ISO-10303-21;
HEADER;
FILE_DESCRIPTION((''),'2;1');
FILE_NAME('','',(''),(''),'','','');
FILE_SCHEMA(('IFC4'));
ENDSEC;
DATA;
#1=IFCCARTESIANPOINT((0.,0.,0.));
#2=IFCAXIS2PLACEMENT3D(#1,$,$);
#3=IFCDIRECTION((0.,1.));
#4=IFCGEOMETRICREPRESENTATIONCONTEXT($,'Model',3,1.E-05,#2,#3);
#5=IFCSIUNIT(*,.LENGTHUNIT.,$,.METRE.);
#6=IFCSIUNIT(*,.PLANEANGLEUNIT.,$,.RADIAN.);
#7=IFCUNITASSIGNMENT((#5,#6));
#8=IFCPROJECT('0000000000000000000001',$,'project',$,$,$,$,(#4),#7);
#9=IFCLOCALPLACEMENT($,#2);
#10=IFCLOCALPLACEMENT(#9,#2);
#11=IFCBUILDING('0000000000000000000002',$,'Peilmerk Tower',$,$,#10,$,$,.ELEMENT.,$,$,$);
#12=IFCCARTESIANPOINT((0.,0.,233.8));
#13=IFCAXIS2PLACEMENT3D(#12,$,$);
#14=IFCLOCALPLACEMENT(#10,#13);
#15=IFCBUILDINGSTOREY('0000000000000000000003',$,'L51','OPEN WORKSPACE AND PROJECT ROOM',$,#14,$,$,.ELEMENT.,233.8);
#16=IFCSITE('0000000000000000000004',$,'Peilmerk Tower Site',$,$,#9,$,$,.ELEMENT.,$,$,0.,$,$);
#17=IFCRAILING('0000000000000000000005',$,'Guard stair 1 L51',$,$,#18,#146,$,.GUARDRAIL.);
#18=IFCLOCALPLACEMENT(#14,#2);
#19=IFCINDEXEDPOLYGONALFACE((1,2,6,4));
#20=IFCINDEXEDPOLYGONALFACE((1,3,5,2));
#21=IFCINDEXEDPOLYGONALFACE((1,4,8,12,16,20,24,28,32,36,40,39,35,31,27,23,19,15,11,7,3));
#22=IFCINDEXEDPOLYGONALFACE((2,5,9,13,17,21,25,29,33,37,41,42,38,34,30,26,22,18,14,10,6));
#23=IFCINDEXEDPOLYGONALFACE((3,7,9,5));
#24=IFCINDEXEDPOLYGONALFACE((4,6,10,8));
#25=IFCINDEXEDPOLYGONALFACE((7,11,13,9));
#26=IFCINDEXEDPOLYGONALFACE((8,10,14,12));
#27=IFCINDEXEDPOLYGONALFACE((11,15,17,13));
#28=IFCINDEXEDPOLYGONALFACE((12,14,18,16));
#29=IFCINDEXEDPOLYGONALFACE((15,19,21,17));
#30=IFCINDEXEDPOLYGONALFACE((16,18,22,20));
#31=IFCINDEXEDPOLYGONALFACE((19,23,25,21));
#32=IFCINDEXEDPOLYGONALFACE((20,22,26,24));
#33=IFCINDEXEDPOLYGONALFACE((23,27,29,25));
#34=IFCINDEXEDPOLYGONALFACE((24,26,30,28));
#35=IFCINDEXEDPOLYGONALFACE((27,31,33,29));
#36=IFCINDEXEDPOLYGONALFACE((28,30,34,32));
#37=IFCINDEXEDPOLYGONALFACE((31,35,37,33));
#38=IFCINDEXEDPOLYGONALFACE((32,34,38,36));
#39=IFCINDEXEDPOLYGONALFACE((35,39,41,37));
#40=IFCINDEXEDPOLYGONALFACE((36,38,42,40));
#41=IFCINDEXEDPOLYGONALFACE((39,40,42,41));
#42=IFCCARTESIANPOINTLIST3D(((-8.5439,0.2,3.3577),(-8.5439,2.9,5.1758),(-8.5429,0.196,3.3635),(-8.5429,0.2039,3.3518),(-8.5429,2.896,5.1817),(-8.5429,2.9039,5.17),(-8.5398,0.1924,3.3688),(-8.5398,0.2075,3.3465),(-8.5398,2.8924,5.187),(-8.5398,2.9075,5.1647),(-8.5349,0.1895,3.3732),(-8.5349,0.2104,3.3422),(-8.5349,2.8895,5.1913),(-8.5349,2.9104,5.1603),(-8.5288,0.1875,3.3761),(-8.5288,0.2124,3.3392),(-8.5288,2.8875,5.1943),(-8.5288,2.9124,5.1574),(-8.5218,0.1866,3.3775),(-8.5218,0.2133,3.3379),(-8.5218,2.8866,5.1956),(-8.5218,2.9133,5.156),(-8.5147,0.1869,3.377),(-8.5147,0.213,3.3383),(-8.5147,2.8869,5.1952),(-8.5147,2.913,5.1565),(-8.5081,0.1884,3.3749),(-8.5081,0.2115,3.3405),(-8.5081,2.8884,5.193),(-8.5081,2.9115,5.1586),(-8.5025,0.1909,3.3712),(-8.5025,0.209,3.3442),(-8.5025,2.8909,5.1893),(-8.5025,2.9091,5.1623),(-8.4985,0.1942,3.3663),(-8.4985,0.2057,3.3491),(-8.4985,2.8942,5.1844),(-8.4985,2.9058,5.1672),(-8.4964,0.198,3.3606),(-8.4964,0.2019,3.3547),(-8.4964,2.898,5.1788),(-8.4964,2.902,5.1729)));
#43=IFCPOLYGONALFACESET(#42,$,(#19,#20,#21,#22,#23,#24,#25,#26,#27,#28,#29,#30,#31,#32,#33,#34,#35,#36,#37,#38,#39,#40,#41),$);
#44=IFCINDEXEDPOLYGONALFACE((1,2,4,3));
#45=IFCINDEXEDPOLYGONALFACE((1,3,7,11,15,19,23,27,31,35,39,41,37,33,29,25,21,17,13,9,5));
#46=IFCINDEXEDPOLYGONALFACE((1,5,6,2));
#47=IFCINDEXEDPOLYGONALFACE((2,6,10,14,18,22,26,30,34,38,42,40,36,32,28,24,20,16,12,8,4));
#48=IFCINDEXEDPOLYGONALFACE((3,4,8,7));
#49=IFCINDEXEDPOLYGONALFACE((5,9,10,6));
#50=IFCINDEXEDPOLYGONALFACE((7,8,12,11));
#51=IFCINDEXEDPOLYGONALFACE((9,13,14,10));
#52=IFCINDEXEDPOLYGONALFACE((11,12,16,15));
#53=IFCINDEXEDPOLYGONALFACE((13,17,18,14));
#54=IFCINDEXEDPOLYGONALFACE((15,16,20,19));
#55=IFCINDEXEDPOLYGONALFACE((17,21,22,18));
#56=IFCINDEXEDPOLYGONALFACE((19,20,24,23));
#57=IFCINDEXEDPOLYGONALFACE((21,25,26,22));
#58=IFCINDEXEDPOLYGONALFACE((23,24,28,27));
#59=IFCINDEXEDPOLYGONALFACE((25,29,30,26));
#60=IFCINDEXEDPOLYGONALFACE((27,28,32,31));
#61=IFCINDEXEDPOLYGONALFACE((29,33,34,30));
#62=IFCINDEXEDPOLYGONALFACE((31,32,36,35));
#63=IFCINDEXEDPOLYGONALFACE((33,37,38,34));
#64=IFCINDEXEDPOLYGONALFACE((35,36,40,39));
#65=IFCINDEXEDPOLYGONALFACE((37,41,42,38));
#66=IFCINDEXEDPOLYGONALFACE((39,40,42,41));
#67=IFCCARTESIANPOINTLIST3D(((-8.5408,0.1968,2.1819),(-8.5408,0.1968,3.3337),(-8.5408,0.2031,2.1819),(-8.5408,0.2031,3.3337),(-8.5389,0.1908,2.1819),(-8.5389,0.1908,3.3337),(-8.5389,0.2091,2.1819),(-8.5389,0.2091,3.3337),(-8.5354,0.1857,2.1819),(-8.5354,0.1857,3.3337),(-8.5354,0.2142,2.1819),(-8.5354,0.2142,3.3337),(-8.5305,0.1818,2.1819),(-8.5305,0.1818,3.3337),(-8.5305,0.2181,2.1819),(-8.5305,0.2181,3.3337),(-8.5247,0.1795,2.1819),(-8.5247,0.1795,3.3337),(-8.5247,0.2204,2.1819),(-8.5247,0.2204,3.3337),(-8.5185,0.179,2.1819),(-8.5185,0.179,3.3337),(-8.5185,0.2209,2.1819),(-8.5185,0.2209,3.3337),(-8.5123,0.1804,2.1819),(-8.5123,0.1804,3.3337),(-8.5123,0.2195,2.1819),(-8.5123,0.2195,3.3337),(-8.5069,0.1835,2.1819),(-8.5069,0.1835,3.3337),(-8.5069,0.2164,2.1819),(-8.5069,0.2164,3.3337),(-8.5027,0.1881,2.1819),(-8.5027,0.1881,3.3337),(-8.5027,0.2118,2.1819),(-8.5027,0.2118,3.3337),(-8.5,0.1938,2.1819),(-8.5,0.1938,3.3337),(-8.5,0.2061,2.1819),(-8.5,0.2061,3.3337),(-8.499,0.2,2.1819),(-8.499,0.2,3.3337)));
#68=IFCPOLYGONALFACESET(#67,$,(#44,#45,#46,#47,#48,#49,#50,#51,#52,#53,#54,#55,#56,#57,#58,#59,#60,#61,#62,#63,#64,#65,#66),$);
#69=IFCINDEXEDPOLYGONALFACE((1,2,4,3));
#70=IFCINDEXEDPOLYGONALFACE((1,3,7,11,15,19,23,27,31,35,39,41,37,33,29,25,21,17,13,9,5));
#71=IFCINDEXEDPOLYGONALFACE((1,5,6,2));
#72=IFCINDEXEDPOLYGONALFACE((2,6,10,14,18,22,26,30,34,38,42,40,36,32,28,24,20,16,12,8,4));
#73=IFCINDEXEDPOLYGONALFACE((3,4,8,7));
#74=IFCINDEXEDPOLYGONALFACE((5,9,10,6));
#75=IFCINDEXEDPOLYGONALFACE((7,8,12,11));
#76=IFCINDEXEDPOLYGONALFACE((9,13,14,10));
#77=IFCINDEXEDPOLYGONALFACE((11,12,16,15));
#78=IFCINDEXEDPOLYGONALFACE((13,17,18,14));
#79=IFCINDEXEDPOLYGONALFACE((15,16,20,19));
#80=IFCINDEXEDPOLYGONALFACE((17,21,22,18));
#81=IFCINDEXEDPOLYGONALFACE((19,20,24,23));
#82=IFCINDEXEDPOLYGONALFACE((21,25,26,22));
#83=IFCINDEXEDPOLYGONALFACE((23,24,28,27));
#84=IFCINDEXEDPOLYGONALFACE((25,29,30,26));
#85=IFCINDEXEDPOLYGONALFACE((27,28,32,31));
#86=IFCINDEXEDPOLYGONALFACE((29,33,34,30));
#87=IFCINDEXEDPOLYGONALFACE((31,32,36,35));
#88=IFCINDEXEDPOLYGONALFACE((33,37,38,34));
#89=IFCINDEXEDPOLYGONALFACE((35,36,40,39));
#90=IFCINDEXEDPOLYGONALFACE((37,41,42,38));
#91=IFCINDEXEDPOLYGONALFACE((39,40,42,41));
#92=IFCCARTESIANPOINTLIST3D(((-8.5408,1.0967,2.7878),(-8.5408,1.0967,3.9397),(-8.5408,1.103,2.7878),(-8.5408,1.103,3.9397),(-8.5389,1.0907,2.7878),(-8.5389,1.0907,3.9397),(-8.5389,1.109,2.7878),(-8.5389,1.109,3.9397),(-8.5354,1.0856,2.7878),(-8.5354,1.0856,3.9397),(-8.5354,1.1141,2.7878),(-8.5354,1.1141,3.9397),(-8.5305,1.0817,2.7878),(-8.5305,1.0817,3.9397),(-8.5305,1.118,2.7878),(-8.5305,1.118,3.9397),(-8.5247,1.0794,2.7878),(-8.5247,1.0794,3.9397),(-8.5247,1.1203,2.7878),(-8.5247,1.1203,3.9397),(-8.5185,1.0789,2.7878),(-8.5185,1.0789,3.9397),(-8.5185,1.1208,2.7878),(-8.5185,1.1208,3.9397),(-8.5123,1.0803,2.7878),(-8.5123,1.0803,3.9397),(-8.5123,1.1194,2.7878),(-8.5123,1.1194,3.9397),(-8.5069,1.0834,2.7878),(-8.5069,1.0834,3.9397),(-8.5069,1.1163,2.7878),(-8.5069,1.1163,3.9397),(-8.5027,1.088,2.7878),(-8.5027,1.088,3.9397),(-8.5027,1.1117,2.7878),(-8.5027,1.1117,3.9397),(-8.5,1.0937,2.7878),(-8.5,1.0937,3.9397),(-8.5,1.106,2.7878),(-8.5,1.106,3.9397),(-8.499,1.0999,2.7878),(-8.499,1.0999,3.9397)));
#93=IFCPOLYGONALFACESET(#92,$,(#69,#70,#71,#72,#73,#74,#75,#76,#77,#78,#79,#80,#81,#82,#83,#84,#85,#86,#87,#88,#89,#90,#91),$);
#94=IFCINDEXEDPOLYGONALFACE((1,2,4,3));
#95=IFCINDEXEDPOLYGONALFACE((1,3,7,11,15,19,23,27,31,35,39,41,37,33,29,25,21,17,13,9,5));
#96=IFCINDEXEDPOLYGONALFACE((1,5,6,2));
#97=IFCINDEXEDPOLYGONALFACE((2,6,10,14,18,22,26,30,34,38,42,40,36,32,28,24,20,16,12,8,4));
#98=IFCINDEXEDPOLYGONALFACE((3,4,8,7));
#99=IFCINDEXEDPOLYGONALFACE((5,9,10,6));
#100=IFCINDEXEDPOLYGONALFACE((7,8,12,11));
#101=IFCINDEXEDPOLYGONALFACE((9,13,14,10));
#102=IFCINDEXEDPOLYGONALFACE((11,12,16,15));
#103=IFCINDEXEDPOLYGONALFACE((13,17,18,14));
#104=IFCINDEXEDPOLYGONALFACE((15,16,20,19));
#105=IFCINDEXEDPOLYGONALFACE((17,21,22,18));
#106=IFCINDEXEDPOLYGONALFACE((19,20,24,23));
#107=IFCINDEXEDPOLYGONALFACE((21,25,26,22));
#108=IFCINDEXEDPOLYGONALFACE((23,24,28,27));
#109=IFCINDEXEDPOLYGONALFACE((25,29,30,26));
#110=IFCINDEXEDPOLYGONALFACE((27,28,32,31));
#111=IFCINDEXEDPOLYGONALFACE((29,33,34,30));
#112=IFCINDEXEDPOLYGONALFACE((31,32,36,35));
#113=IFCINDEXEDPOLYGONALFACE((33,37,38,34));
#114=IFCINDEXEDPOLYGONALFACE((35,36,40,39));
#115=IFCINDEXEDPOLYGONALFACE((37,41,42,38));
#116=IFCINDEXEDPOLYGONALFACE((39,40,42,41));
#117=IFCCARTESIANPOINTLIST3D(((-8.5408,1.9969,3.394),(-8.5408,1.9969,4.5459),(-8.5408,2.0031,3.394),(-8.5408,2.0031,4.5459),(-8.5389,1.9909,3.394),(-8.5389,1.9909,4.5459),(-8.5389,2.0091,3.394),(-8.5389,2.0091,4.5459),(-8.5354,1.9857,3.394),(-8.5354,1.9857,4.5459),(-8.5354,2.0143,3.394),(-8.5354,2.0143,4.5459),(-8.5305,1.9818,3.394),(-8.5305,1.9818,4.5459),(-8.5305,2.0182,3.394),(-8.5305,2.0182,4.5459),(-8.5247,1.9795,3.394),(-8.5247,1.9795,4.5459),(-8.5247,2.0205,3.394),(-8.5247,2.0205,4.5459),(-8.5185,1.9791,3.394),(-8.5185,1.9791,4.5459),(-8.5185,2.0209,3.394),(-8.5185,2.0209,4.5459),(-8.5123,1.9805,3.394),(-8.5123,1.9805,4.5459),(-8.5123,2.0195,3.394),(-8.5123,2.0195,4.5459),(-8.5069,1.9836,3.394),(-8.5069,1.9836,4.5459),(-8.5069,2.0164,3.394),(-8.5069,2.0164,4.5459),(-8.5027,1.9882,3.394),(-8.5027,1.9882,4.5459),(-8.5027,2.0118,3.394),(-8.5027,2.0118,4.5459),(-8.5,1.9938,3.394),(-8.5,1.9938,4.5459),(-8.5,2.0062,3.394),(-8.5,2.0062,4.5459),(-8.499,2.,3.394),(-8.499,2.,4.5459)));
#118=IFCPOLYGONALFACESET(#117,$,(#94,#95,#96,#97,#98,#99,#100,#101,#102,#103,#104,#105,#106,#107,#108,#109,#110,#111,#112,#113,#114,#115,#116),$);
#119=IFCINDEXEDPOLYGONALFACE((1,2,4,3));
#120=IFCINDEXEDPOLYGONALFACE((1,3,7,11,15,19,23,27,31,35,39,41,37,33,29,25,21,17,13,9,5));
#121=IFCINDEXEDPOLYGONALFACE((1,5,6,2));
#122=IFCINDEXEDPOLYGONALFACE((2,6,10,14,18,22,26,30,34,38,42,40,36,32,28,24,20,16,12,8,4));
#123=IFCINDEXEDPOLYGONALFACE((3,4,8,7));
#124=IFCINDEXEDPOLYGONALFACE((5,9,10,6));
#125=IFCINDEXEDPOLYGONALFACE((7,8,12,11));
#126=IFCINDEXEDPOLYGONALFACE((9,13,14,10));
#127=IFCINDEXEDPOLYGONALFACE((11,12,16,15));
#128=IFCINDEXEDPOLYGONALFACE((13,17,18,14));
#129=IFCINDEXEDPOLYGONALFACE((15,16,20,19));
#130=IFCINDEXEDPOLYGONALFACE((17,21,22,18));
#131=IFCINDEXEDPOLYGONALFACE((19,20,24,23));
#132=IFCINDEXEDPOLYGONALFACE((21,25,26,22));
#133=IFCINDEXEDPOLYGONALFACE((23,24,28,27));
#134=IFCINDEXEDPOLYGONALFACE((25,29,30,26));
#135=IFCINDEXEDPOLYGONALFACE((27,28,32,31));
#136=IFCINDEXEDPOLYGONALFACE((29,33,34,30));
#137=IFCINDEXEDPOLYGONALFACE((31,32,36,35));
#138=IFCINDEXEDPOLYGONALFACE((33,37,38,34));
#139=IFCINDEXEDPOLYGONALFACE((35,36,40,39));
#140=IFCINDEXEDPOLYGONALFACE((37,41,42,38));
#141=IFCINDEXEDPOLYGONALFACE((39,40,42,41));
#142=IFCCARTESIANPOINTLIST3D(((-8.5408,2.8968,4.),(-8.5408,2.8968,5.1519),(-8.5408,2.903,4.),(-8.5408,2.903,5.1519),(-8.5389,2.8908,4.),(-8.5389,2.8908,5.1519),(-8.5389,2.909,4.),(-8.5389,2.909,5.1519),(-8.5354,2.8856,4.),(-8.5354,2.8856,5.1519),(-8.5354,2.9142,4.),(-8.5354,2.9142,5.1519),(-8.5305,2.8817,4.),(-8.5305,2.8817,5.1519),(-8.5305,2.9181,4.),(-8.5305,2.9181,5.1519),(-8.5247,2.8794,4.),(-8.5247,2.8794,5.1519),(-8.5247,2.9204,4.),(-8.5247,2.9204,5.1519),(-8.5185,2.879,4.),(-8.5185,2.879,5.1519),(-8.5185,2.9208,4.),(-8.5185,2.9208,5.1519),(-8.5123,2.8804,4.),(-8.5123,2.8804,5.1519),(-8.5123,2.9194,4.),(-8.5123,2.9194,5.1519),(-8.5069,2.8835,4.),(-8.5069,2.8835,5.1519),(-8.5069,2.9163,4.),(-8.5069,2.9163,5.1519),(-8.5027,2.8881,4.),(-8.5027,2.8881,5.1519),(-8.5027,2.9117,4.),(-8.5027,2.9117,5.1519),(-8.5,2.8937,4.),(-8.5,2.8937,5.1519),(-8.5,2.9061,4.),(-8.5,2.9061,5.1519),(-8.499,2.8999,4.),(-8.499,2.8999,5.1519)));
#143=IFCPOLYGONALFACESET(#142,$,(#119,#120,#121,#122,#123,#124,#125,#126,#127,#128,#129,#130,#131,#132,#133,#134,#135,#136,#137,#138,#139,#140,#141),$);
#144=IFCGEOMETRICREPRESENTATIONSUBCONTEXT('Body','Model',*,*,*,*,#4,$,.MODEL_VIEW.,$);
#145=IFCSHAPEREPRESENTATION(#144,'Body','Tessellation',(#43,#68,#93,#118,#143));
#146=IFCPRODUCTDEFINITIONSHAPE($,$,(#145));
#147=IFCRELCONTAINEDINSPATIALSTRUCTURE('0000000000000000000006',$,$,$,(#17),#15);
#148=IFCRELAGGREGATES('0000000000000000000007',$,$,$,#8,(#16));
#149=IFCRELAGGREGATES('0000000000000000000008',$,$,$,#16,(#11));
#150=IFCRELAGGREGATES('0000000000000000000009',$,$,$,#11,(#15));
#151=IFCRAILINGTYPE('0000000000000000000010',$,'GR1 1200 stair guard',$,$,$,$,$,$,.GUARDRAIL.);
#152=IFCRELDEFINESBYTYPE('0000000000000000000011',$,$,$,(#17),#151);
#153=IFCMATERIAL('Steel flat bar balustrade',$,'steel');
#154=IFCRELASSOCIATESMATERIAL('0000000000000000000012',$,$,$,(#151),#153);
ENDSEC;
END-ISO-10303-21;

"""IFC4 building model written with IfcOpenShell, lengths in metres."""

from ifc_helpers import new_model, si_unit, direction, frame, origin, origin_2d, place, context, subcontext, project, spatial, circle, extrude, material, type_object, element, save


model = new_model("IFC4")

# Units and contexts
model_context = context("Model", 3, precision=1e-05, world=origin(), true_north=direction((0.0, 1.0)))
body_context = subcontext(model_context, "Body", "Model", "MODEL_VIEW")
ifc_project = project(units=[si_unit("LENGTHUNIT", "METRE"), si_unit("PLANEANGLEUNIT", "RADIAN")], contexts=[model_context])

# Site, building, storey
site_placement = place(None, origin())
site = spatial("IfcSite", under=ifc_project, at=site_placement, Name="Peilmerk Tower Site", CompositionType="ELEMENT", RefElevation=0.0)
building_placement = place(site_placement, origin())
building = spatial("IfcBuilding", under=site, at=building_placement, Name="Peilmerk Tower", CompositionType="ELEMENT")
storey_placement = place(building_placement, frame((0.0, 0.0, 233.8)))
storey = spatial("IfcBuildingStorey", under=building, at=storey_placement, Name="L51", Description="OPEN WORKSPACE AND PROJECT ROOM", CompositionType="ELEMENT", Elevation=233.8)

# Railing
ifc_material_1 = material(Name="Steel flat bar balustrade", Category="steel")
railing_type_1 = type_object("IfcRailingType", Name="GR1 1200 stair guard", PredefinedType="GUARDRAIL", material=ifc_material_1)
railing_1_placement = place(storey_placement, frame((-8.52, 0.2, 2.1819)))
element("IfcRailing", 1, at=railing_1_placement, inside=storey, type_object=railing_type_1, Name="Guard stair 1 L51", PredefinedType="GUARDRAIL", context=body_context, shape_type="SweptSolid", body=[
    extrude(circle(Radius=0.0239, at=origin_2d()), frame((0.0, 0.0, 1.1758), z_axis=(0.0, 0.829468, 0.558554), x_axis=(-1.0, 0.0, 0.0)), (0.0, 0.0, 1.0), 3.2551),
    extrude(circle(Radius=0.021, at=origin_2d()), origin(), (0.0, 0.0, 1.0), 1.1519),
    extrude(circle(Radius=0.021, at=origin_2d()), frame((0.0, 0.8999, 0.606)), (0.0, 0.0, 1.0), 1.1519),
    extrude(circle(Radius=0.021, at=origin_2d()), frame((0.0, 1.8, 1.2122)), (0.0, 0.0, 1.0), 1.1519),
    extrude(circle(Radius=0.021, at=origin_2d()), frame((0.0, 2.7, 1.8181)), (0.0, 0.0, 1.0), 1.1519),
])

save(model, "model.ifc")
